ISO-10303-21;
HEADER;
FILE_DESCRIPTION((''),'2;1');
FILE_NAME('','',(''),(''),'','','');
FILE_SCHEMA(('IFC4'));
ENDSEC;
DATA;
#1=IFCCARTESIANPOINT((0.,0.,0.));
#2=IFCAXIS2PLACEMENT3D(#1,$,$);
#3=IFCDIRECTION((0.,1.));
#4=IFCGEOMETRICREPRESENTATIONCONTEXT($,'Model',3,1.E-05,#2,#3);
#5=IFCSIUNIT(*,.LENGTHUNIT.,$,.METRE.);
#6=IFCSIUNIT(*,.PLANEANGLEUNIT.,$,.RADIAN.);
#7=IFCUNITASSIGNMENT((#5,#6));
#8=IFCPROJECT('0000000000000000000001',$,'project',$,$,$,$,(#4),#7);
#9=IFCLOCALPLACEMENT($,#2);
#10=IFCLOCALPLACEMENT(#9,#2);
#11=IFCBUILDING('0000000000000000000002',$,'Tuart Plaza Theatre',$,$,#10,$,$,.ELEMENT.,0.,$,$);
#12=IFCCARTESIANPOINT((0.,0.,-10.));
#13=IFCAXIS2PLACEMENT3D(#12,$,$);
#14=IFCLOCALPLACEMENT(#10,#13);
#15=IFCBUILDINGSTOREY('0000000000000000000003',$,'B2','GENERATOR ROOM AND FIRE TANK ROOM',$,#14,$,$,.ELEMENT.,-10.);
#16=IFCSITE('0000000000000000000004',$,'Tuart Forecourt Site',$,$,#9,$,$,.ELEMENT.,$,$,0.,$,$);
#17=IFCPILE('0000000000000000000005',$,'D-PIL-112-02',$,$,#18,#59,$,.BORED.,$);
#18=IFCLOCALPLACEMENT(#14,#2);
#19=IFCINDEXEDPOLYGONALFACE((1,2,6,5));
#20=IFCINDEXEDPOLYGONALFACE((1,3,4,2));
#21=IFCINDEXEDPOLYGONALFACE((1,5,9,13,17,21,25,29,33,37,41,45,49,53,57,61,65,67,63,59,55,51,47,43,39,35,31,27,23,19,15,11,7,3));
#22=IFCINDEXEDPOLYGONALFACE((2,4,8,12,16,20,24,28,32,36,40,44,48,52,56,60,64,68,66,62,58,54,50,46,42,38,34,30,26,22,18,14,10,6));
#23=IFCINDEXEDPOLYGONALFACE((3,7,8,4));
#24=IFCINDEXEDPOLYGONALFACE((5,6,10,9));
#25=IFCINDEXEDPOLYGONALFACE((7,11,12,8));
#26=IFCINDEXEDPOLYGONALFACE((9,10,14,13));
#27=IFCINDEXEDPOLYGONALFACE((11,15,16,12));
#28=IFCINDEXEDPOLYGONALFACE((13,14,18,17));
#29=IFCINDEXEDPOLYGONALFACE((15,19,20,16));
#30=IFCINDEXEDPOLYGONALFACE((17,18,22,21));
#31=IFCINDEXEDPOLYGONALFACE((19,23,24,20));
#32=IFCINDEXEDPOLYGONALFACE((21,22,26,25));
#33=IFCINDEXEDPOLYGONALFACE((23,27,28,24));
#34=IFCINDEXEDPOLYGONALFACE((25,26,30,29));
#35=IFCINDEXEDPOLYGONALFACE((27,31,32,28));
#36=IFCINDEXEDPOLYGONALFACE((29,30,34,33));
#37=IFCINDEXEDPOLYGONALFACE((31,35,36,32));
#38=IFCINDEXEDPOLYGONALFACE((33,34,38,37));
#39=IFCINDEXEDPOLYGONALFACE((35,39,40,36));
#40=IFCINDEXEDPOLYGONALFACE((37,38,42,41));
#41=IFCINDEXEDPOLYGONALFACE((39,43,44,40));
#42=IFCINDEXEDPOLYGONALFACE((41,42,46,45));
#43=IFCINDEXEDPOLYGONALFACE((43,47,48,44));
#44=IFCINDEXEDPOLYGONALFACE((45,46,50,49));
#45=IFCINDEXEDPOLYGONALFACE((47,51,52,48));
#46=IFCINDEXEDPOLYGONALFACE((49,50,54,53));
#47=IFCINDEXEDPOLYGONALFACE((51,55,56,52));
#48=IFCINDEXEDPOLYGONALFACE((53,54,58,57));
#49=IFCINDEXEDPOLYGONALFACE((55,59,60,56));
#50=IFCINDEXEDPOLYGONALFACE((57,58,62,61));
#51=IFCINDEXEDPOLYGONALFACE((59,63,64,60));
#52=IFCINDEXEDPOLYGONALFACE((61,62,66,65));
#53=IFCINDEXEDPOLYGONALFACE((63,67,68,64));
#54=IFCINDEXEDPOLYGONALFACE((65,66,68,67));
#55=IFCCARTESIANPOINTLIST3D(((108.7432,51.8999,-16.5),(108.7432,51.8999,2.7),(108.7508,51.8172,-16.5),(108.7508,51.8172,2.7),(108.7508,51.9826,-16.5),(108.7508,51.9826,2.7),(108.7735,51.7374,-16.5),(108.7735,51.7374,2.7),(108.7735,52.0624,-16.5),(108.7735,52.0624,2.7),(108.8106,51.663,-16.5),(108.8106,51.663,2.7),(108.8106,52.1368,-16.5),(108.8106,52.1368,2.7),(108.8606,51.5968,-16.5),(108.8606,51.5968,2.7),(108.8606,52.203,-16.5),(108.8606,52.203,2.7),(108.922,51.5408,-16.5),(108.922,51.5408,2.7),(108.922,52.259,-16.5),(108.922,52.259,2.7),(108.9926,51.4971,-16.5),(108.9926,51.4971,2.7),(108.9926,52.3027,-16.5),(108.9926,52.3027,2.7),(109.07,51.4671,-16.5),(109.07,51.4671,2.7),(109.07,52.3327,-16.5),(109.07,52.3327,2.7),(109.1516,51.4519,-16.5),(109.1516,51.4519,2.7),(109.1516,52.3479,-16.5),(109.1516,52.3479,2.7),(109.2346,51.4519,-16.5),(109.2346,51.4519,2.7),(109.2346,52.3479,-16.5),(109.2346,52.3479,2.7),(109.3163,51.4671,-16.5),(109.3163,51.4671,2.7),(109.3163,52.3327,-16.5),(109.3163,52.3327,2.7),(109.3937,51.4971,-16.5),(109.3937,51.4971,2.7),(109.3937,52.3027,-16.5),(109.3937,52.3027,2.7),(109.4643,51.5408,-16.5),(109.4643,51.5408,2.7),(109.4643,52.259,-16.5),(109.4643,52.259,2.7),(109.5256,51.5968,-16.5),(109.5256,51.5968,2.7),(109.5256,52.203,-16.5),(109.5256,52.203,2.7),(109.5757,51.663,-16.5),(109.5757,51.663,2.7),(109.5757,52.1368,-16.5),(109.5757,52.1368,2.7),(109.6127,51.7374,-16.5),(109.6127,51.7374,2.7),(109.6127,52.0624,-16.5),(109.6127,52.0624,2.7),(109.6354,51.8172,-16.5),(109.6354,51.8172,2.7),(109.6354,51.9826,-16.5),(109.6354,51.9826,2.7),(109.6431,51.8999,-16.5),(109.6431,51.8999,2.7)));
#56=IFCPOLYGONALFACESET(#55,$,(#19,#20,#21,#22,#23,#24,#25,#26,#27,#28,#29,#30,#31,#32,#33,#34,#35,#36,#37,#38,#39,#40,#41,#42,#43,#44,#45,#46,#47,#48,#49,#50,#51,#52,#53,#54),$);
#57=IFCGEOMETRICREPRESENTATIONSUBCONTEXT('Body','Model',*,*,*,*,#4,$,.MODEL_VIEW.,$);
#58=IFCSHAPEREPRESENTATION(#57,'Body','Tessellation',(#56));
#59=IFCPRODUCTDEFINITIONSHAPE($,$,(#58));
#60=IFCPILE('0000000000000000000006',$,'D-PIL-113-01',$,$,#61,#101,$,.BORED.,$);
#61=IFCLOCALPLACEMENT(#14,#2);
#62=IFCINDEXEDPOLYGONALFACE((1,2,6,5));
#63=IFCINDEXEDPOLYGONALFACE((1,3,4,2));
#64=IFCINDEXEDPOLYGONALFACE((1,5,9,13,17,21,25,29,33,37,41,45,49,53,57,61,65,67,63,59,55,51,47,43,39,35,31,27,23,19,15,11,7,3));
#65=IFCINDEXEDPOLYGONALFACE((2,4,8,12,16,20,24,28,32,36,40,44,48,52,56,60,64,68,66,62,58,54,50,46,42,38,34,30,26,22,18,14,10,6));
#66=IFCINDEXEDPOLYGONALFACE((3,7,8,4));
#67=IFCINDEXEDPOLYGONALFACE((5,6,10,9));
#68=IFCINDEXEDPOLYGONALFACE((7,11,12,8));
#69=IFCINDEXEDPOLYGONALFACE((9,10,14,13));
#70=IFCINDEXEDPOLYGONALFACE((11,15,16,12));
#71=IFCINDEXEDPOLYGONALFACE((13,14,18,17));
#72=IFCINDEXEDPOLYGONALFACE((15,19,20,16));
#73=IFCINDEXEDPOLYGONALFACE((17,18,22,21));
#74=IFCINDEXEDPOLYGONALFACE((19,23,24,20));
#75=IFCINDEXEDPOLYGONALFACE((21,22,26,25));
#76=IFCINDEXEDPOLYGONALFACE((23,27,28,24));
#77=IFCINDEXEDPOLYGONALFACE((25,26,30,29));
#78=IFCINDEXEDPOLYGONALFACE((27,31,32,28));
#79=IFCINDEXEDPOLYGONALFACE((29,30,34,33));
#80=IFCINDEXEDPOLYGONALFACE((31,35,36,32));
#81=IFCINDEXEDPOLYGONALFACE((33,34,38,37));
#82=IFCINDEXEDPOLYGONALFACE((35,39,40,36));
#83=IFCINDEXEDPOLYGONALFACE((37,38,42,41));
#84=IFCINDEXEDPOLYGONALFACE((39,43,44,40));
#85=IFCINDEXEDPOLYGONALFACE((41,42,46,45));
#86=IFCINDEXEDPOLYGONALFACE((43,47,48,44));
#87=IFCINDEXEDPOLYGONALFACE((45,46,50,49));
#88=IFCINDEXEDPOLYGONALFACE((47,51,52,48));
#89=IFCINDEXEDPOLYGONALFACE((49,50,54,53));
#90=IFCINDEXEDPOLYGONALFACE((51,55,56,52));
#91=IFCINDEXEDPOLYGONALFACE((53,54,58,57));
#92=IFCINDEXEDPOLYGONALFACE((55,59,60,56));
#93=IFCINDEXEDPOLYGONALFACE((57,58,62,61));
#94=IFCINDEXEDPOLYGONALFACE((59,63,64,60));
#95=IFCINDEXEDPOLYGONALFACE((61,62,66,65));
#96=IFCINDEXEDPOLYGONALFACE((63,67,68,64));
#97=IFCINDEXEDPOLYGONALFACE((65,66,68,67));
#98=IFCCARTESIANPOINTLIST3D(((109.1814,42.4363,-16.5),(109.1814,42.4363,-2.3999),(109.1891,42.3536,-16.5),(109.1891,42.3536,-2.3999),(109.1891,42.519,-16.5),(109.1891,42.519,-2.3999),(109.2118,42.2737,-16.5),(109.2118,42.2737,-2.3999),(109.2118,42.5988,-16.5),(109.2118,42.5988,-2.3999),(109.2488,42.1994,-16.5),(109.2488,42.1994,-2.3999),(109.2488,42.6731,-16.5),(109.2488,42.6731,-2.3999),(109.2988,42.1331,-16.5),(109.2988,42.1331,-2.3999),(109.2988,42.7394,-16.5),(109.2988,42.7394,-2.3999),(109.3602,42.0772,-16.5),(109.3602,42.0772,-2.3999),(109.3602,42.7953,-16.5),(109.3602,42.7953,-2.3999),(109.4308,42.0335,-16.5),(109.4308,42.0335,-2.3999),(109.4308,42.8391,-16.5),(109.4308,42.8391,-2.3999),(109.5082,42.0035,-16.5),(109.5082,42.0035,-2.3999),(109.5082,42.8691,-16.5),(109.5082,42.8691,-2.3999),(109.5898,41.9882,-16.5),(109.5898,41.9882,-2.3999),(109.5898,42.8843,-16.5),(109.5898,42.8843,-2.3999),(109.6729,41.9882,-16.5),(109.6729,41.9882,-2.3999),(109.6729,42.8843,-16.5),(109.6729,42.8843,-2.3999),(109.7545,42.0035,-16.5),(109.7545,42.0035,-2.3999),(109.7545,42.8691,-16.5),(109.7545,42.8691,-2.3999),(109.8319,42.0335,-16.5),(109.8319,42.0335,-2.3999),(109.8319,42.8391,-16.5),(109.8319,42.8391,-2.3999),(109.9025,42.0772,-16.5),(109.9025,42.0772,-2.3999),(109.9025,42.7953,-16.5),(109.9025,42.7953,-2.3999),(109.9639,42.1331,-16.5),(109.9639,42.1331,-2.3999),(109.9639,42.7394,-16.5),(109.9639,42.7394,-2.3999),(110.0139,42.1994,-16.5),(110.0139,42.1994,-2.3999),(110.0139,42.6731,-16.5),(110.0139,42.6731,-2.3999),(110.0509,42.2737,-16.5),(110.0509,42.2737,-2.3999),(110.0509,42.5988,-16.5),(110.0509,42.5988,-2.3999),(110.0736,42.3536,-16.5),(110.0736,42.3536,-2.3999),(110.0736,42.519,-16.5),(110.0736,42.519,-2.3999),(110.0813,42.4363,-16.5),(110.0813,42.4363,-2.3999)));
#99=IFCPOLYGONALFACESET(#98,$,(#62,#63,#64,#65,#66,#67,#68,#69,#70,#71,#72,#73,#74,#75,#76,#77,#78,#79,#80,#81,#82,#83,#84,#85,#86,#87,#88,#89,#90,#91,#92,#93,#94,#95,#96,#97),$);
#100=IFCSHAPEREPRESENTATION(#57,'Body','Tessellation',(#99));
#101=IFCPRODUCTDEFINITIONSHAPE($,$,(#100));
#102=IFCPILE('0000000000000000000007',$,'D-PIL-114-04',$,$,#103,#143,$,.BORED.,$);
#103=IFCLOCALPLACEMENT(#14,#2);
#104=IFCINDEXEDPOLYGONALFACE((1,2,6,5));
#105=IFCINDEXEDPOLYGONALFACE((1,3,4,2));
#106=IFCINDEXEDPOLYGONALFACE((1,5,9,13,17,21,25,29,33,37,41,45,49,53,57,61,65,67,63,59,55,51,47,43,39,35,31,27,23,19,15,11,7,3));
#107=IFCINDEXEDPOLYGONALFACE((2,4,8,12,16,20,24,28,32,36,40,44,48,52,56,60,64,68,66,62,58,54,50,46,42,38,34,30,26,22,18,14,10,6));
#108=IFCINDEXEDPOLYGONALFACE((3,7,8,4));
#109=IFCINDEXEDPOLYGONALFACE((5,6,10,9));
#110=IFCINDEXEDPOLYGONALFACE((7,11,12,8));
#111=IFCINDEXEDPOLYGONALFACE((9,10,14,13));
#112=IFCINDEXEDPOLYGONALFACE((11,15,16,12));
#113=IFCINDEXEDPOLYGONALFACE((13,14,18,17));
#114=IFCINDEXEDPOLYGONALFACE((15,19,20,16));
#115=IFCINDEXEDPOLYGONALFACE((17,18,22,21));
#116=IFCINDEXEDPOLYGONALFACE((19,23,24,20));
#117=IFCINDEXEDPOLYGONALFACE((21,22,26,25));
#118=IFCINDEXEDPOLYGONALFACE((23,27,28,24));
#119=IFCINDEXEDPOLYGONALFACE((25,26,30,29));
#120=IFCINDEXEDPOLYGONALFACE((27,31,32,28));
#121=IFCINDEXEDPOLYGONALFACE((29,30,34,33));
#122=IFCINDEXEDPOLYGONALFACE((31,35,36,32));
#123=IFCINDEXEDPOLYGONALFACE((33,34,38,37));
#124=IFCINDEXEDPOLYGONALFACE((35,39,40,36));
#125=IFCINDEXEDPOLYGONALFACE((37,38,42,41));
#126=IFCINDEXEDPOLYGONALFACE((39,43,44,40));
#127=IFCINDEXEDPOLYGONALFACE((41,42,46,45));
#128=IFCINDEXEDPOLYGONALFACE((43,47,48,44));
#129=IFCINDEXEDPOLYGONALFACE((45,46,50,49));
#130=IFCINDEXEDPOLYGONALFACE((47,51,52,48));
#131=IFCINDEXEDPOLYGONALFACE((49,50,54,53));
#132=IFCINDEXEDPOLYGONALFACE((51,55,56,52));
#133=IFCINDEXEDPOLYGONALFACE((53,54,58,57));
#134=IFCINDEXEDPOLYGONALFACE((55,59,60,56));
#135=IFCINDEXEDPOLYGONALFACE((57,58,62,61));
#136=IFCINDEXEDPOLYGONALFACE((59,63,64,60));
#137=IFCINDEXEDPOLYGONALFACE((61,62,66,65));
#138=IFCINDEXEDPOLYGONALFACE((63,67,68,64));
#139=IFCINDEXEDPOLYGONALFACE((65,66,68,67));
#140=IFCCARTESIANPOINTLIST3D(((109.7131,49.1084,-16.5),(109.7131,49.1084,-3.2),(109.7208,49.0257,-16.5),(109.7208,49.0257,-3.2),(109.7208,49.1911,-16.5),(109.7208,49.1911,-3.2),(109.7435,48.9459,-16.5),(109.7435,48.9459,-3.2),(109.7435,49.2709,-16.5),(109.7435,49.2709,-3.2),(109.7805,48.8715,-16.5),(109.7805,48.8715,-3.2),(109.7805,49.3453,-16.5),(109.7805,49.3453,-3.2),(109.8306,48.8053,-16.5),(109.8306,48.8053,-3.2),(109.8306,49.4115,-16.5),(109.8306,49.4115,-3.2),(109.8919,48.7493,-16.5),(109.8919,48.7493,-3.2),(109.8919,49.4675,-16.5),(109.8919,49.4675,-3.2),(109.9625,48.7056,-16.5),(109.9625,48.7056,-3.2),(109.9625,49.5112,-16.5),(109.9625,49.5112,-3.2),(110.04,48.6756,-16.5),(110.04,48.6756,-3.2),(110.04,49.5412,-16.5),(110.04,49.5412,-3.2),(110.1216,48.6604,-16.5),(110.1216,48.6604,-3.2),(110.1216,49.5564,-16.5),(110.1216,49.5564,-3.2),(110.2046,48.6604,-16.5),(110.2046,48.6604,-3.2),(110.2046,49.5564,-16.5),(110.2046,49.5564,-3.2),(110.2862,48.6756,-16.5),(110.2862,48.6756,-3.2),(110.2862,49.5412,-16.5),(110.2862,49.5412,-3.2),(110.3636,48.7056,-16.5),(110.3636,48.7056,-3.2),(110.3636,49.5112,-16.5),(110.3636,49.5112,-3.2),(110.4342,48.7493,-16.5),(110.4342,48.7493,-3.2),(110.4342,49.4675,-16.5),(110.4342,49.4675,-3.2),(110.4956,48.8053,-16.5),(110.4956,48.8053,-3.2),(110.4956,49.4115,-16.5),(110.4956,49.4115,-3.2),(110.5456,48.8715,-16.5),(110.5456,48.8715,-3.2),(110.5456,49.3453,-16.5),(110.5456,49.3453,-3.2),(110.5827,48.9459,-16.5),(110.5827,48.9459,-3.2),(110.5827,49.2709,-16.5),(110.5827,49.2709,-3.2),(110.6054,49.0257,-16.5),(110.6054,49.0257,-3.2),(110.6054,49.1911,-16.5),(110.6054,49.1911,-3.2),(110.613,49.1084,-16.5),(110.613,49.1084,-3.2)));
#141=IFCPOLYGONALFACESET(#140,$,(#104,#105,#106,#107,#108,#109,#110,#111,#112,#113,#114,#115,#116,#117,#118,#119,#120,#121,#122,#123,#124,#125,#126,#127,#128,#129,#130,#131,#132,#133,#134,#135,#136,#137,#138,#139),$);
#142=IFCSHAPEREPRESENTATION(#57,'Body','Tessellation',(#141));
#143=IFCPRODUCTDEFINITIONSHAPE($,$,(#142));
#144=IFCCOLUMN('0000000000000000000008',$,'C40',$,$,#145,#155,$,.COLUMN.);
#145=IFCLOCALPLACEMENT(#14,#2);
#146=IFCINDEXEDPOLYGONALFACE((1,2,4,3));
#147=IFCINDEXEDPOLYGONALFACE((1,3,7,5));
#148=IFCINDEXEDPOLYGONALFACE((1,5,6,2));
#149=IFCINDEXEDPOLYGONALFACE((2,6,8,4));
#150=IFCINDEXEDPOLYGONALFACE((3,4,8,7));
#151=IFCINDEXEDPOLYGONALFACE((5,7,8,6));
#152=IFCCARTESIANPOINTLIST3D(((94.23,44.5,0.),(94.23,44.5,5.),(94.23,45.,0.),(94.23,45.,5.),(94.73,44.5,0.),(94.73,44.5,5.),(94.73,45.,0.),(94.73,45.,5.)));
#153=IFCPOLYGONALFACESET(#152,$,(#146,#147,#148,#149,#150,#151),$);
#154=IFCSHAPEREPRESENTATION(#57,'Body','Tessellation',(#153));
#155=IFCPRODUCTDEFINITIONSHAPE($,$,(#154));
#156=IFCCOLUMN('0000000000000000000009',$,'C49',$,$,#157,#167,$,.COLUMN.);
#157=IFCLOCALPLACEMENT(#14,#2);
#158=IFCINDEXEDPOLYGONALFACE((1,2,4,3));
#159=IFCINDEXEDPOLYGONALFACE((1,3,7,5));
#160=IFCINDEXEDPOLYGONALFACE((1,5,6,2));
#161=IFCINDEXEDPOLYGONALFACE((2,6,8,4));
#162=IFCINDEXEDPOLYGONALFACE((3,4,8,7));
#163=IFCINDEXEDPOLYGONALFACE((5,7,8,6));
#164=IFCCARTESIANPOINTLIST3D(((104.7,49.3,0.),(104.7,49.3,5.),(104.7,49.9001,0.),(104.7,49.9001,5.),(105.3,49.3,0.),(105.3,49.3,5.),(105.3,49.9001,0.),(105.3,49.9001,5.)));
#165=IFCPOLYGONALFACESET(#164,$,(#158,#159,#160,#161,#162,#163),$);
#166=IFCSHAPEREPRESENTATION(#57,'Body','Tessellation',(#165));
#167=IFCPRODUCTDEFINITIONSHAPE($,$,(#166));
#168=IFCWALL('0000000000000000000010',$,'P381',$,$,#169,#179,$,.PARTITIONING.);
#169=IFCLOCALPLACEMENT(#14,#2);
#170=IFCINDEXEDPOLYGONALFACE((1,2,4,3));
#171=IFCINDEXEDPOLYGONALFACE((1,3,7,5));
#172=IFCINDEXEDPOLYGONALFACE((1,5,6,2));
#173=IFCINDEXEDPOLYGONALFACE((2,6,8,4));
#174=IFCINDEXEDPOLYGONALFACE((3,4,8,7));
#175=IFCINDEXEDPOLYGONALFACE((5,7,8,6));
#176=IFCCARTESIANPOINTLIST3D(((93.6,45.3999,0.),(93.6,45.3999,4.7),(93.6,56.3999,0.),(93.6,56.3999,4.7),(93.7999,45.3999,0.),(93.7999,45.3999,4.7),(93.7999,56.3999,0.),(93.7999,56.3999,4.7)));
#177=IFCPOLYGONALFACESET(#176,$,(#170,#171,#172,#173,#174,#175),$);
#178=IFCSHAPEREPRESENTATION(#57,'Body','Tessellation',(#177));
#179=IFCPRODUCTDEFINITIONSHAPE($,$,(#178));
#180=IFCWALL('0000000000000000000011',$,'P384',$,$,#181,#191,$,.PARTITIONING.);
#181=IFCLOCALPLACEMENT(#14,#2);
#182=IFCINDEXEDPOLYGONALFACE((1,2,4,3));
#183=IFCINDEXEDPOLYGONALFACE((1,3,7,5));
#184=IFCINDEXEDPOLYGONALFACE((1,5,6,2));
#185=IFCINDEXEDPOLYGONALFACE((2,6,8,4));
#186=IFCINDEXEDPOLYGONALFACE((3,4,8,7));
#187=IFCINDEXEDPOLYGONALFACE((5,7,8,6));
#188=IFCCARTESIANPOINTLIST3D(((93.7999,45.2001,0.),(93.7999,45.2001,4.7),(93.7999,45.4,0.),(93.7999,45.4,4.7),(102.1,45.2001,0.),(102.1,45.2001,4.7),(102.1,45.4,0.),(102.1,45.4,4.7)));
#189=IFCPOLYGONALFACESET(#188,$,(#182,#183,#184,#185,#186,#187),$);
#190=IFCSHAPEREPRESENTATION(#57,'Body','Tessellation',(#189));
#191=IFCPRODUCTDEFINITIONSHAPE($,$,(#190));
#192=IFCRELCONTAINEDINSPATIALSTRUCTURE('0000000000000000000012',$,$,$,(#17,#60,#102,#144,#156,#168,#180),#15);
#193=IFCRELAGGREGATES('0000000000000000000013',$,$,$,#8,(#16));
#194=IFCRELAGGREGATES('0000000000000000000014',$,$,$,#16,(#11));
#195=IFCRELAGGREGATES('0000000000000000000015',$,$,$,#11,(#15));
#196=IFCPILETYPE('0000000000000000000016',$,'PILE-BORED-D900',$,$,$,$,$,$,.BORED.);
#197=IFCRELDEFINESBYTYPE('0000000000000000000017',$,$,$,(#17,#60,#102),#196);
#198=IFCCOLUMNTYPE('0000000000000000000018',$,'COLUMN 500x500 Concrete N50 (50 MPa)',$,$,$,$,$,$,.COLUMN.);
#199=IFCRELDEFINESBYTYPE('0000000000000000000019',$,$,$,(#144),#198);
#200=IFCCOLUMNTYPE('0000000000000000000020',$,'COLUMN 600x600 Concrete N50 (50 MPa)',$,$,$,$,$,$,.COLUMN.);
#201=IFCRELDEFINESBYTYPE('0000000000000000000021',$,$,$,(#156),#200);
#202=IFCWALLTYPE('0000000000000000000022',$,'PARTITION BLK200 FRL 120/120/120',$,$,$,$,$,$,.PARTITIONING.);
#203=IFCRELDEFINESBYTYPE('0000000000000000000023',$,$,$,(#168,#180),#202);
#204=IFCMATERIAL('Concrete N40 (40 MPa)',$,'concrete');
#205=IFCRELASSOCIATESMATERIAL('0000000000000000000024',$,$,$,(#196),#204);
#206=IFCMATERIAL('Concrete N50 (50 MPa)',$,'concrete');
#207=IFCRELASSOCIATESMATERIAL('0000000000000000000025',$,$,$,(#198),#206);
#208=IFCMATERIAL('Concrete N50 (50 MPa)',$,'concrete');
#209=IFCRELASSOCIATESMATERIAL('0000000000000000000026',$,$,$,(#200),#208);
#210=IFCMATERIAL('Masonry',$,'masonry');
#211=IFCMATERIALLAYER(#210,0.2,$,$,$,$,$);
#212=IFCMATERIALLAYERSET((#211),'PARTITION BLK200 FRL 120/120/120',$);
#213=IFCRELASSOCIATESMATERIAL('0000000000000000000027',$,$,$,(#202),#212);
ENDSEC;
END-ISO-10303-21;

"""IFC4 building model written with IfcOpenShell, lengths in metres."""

from ifc_helpers import new_model, si_unit, direction, frame, frame_2d, origin, origin_2d, place, context, subcontext, project, spatial, rectangle, circle, extrude, material, layer, layer_set, material_profile, profile_set, type_object, element, save


model = new_model("IFC4")

# Units and contexts
model_context = context("Model", 3, precision=1e-05, world=origin(), true_north=direction((0.0, 1.0)))
body_context = subcontext(model_context, "Body", "Model", "MODEL_VIEW")
ifc_project = project(units=[si_unit("LENGTHUNIT", "METRE"), si_unit("PLANEANGLEUNIT", "RADIAN")], contexts=[model_context])

# Site, building, storey
site_placement = place(None, origin())
site = spatial("IfcSite", under=ifc_project, at=site_placement, Name="Tuart Forecourt Site", CompositionType="ELEMENT", RefElevation=0.0)
building_placement = place(site_placement, origin())
building = spatial("IfcBuilding", under=site, at=building_placement, Name="Tuart Plaza Theatre", CompositionType="ELEMENT", ElevationOfRefHeight=0.0)
storey_placement = place(building_placement, frame((0.0, 0.0, -10.0)))
storey = spatial("IfcBuildingStorey", under=building, at=storey_placement, Name="B2", Description="GENERATOR ROOM AND FIRE TANK ROOM", CompositionType="ELEMENT", Elevation=-10.0)

# Piles
ifc_material_1 = material(Name="Concrete N40 (40 MPa)", Category="concrete")
ifc_material_profile_1 = material_profile(ifc_material_1, circle(Radius=0.45, at=origin_2d()), Name="PILE-BORED-D900")
ifc_profile_set_1 = profile_set([ifc_material_profile_1], Name="Concrete N40 (40 MPa)")
pile_type_1 = type_object("IfcPileType", Name="PILE-BORED-D900", PredefinedType="BORED", material=ifc_profile_set_1)
for number, where, z_axis, x_axis, name in (
    (1, (109.1931, 51.8999, 2.7), (0.0, 0.0, -1.0), (1.0, 0.0, 0.0), "D-PIL-112-02"),
):
    element("IfcPile", number, at=place(storey_placement, frame(where, z_axis=z_axis, x_axis=x_axis)), inside=storey, type_object=pile_type_1, Name=name, PredefinedType="BORED", context=body_context, shape_type="SweptSolid", body=[
        extrude(circle(Radius=0.45, at=origin_2d()), origin(), (0.0, 0.0, 1.0), 19.2),
    ])
pile_1_placement = place(storey_placement, frame((109.6313, 42.4363, -2.3999), z_axis=(0.0, 0.0, -1.0), x_axis=(1.0, 0.0, 0.0)))
element("IfcPile", 2, at=pile_1_placement, inside=storey, type_object=pile_type_1, Name="D-PIL-113-01", PredefinedType="BORED", context=body_context, shape_type="SweptSolid", body=[
    extrude(circle(Radius=0.45, at=origin_2d()), origin(), (0.0, 0.0, 1.0), 14.1001),
])
pile_2_placement = place(storey_placement, frame((110.1631, 49.1084, -3.2), z_axis=(0.0, 0.0, -1.0), x_axis=(1.0, 0.0, 0.0)))
element("IfcPile", 3, at=pile_2_placement, inside=storey, type_object=pile_type_1, Name="D-PIL-114-04", PredefinedType="BORED", context=body_context, shape_type="SweptSolid", body=[
    extrude(circle(Radius=0.45, at=origin_2d()), origin(), (0.0, 0.0, 1.0), 13.3),
])

# Columns
ifc_material_2 = material(Name="Concrete N50 (50 MPa)", Category="concrete")
ifc_material_profile_2 = material_profile(ifc_material_2, rectangle(XDim=0.5, YDim=0.5, at=origin_2d()), Name="COLUMN 500x500 Concrete N50 (50 MPa)")
ifc_profile_set_2 = profile_set([ifc_material_profile_2], Name="Concrete N50 (50 MPa)")
column_type_1 = type_object("IfcColumnType", Name="COLUMN 500x500 Concrete N50 (50 MPa)", PredefinedType="COLUMN", material=ifc_profile_set_2)
column_1_placement = place(storey_placement, frame((94.48, 44.75, 0.0), z_axis=(0.0, 0.0, 1.0), x_axis=(1.0, 0.0, 0.0)))
element("IfcColumn", 4, at=column_1_placement, inside=storey, type_object=column_type_1, Name="C40", PredefinedType="COLUMN", context=body_context, shape_type="SweptSolid", body=[
    extrude(rectangle(XDim=0.5, YDim=0.5, at=origin_2d()), origin(), (0.0, 0.0, 1.0), 5.0),
])
ifc_material_3 = material(Name="Concrete N50 (50 MPa)", Category="concrete")
ifc_material_profile_3 = material_profile(ifc_material_3, rectangle(XDim=0.6001, YDim=0.6001, at=origin_2d()), Name="COLUMN 600x600 Concrete N50 (50 MPa)")
ifc_profile_set_3 = profile_set([ifc_material_profile_3], Name="Concrete N50 (50 MPa)")
column_type_2 = type_object("IfcColumnType", Name="COLUMN 600x600 Concrete N50 (50 MPa)", PredefinedType="COLUMN", material=ifc_profile_set_3)
column_2_placement = place(storey_placement, frame((105.0, 49.6001, 0.0), z_axis=(0.0, 0.0, 1.0), x_axis=(1.0, 0.0, 0.0)))
element("IfcColumn", 5, at=column_2_placement, inside=storey, type_object=column_type_2, Name="C49", PredefinedType="COLUMN", context=body_context, shape_type="SweptSolid", body=[
    extrude(rectangle(XDim=0.6001, YDim=0.6001, at=origin_2d()), origin(), (0.0, 0.0, 1.0), 5.0),
])

# Walls
ifc_material_4 = material(Name="Masonry", Category="masonry")
ifc_layer_1 = layer(ifc_material_4, 0.2)
ifc_layer_set_1 = layer_set([ifc_layer_1], Name="PARTITION BLK200 FRL 120/120/120")
wall_type_1 = type_object("IfcWallType", Name="PARTITION BLK200 FRL 120/120/120", PredefinedType="PARTITIONING", material=ifc_layer_set_1)
wall_1_placement = place(storey_placement, frame((93.7, 45.3999, 0.0), z_axis=(0.0, 0.0, 1.0), x_axis=(0.0, 1.0, 0.0)))
element("IfcWall", 6, at=wall_1_placement, inside=storey, type_object=wall_type_1, Name="P381", PredefinedType="PARTITIONING", context=body_context, shape_type="SweptSolid", body=[
    extrude(rectangle(XDim=11.0, YDim=0.2, at=frame_2d((5.5, 0.0))), origin(), (0.0, 0.0, 1.0), 4.7),
])
wall_2_placement = place(storey_placement, frame((93.8, 45.3, 0.0), z_axis=(0.0, 0.0, 1.0), x_axis=(1.0, 0.0, 0.0)))
element("IfcWall", 7, at=wall_2_placement, inside=storey, type_object=wall_type_1, Name="P384", PredefinedType="PARTITIONING", context=body_context, shape_type="SweptSolid", body=[
    extrude(rectangle(XDim=8.3, YDim=0.2, at=frame_2d((4.1499, 0.0))), origin(), (0.0, 0.0, 1.0), 4.7),
])

save(model, "model.ifc")
